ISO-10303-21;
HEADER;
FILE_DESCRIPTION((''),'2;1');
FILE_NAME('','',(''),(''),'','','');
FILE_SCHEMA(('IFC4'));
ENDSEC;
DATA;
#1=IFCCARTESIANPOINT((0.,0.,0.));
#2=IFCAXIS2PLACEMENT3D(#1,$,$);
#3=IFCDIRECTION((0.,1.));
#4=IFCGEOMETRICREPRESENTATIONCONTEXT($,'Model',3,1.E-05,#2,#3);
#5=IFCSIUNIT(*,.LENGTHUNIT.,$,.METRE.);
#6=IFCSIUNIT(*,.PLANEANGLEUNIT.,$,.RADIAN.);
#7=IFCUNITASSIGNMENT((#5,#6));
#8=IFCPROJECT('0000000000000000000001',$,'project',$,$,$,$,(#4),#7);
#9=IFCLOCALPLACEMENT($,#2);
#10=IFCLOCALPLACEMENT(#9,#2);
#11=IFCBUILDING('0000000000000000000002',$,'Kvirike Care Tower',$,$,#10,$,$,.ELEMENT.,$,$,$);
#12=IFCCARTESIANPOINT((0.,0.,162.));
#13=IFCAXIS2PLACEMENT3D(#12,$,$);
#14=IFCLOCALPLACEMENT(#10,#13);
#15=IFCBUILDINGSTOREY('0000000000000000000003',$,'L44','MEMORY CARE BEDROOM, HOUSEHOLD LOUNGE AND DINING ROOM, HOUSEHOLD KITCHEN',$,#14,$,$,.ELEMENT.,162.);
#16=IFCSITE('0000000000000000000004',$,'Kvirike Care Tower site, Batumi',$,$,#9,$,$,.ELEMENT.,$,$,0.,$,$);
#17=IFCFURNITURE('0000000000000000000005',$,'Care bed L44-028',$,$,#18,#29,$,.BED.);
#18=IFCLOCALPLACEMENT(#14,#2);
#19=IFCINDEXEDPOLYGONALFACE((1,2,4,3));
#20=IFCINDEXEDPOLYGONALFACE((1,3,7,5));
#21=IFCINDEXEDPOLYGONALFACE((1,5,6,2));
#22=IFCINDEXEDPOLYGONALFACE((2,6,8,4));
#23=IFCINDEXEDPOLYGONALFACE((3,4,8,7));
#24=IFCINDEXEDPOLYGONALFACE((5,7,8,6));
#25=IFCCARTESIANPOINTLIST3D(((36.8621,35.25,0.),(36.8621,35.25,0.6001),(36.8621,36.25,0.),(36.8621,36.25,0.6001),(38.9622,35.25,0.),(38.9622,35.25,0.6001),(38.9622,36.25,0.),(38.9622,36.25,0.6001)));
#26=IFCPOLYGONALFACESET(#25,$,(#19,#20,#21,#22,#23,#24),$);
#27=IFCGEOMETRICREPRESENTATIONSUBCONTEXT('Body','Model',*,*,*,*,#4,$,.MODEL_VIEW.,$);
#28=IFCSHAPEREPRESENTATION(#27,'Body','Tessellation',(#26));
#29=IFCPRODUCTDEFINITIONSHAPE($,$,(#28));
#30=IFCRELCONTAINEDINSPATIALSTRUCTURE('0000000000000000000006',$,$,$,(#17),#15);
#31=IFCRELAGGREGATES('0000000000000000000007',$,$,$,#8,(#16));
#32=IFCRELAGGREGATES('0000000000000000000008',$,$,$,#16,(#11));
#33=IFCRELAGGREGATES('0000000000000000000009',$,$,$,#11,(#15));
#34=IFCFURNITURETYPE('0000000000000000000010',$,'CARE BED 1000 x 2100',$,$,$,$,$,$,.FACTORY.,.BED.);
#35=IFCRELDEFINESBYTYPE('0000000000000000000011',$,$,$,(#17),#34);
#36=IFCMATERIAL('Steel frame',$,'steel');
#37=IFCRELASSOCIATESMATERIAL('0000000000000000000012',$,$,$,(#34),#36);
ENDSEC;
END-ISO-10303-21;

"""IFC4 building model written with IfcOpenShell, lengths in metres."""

from ifc_helpers import new_model, si_unit, direction, frame, origin, origin_2d, place, context, subcontext, project, spatial, rectangle, extrude, material, type_object, element, save


model = new_model("IFC4")

# Units and contexts
model_context = context("Model", 3, precision=1e-05, world=origin(), true_north=direction((0.0, 1.0)))
body_context = subcontext(model_context, "Body", "Model", "MODEL_VIEW")
ifc_project = project(units=[si_unit("LENGTHUNIT", "METRE"), si_unit("PLANEANGLEUNIT", "RADIAN")], contexts=[model_context])

# Site, building, storey
site_placement = place(None, origin())
site = spatial("IfcSite", under=ifc_project, at=site_placement, Name="Kvirike Care Tower site, Batumi", CompositionType="ELEMENT", RefElevation=0.0)
building_placement = place(site_placement, origin())
building = spatial("IfcBuilding", under=site, at=building_placement, Name="Kvirike Care Tower", CompositionType="ELEMENT")
storey_placement = place(building_placement, frame((0.0, 0.0, 162.0)))
storey = spatial("IfcBuildingStorey", under=building, at=storey_placement, Name="L44", Description="MEMORY CARE BEDROOM, HOUSEHOLD LOUNGE AND DINING ROOM, HOUSEHOLD KITCHEN", CompositionType="ELEMENT", Elevation=162.0)

# Furniture
ifc_material_1 = material(Name="Steel frame", Category="steel")
furniture_type = type_object("IfcFurnitureType", Name="CARE BED 1000 x 2100", AssemblyPlace="FACTORY", PredefinedType="BED", material=ifc_material_1)
furniture_placement = place(storey_placement, frame((37.9121, 35.75, 0.0), z_axis=(0.0, 0.0, 1.0), x_axis=(0.0, 1.0, 0.0)))
element("IfcFurniture", 1, at=furniture_placement, inside=storey, type_object=furniture_type, Name="Care bed L44-028", PredefinedType="BED", context=body_context, shape_type="SweptSolid", body=[
    extrude(rectangle(XDim=1.0, YDim=2.1001, at=origin_2d()), origin(), (0.0, 0.0, 1.0), 0.6001),
])

save(model, "model.ifc")
